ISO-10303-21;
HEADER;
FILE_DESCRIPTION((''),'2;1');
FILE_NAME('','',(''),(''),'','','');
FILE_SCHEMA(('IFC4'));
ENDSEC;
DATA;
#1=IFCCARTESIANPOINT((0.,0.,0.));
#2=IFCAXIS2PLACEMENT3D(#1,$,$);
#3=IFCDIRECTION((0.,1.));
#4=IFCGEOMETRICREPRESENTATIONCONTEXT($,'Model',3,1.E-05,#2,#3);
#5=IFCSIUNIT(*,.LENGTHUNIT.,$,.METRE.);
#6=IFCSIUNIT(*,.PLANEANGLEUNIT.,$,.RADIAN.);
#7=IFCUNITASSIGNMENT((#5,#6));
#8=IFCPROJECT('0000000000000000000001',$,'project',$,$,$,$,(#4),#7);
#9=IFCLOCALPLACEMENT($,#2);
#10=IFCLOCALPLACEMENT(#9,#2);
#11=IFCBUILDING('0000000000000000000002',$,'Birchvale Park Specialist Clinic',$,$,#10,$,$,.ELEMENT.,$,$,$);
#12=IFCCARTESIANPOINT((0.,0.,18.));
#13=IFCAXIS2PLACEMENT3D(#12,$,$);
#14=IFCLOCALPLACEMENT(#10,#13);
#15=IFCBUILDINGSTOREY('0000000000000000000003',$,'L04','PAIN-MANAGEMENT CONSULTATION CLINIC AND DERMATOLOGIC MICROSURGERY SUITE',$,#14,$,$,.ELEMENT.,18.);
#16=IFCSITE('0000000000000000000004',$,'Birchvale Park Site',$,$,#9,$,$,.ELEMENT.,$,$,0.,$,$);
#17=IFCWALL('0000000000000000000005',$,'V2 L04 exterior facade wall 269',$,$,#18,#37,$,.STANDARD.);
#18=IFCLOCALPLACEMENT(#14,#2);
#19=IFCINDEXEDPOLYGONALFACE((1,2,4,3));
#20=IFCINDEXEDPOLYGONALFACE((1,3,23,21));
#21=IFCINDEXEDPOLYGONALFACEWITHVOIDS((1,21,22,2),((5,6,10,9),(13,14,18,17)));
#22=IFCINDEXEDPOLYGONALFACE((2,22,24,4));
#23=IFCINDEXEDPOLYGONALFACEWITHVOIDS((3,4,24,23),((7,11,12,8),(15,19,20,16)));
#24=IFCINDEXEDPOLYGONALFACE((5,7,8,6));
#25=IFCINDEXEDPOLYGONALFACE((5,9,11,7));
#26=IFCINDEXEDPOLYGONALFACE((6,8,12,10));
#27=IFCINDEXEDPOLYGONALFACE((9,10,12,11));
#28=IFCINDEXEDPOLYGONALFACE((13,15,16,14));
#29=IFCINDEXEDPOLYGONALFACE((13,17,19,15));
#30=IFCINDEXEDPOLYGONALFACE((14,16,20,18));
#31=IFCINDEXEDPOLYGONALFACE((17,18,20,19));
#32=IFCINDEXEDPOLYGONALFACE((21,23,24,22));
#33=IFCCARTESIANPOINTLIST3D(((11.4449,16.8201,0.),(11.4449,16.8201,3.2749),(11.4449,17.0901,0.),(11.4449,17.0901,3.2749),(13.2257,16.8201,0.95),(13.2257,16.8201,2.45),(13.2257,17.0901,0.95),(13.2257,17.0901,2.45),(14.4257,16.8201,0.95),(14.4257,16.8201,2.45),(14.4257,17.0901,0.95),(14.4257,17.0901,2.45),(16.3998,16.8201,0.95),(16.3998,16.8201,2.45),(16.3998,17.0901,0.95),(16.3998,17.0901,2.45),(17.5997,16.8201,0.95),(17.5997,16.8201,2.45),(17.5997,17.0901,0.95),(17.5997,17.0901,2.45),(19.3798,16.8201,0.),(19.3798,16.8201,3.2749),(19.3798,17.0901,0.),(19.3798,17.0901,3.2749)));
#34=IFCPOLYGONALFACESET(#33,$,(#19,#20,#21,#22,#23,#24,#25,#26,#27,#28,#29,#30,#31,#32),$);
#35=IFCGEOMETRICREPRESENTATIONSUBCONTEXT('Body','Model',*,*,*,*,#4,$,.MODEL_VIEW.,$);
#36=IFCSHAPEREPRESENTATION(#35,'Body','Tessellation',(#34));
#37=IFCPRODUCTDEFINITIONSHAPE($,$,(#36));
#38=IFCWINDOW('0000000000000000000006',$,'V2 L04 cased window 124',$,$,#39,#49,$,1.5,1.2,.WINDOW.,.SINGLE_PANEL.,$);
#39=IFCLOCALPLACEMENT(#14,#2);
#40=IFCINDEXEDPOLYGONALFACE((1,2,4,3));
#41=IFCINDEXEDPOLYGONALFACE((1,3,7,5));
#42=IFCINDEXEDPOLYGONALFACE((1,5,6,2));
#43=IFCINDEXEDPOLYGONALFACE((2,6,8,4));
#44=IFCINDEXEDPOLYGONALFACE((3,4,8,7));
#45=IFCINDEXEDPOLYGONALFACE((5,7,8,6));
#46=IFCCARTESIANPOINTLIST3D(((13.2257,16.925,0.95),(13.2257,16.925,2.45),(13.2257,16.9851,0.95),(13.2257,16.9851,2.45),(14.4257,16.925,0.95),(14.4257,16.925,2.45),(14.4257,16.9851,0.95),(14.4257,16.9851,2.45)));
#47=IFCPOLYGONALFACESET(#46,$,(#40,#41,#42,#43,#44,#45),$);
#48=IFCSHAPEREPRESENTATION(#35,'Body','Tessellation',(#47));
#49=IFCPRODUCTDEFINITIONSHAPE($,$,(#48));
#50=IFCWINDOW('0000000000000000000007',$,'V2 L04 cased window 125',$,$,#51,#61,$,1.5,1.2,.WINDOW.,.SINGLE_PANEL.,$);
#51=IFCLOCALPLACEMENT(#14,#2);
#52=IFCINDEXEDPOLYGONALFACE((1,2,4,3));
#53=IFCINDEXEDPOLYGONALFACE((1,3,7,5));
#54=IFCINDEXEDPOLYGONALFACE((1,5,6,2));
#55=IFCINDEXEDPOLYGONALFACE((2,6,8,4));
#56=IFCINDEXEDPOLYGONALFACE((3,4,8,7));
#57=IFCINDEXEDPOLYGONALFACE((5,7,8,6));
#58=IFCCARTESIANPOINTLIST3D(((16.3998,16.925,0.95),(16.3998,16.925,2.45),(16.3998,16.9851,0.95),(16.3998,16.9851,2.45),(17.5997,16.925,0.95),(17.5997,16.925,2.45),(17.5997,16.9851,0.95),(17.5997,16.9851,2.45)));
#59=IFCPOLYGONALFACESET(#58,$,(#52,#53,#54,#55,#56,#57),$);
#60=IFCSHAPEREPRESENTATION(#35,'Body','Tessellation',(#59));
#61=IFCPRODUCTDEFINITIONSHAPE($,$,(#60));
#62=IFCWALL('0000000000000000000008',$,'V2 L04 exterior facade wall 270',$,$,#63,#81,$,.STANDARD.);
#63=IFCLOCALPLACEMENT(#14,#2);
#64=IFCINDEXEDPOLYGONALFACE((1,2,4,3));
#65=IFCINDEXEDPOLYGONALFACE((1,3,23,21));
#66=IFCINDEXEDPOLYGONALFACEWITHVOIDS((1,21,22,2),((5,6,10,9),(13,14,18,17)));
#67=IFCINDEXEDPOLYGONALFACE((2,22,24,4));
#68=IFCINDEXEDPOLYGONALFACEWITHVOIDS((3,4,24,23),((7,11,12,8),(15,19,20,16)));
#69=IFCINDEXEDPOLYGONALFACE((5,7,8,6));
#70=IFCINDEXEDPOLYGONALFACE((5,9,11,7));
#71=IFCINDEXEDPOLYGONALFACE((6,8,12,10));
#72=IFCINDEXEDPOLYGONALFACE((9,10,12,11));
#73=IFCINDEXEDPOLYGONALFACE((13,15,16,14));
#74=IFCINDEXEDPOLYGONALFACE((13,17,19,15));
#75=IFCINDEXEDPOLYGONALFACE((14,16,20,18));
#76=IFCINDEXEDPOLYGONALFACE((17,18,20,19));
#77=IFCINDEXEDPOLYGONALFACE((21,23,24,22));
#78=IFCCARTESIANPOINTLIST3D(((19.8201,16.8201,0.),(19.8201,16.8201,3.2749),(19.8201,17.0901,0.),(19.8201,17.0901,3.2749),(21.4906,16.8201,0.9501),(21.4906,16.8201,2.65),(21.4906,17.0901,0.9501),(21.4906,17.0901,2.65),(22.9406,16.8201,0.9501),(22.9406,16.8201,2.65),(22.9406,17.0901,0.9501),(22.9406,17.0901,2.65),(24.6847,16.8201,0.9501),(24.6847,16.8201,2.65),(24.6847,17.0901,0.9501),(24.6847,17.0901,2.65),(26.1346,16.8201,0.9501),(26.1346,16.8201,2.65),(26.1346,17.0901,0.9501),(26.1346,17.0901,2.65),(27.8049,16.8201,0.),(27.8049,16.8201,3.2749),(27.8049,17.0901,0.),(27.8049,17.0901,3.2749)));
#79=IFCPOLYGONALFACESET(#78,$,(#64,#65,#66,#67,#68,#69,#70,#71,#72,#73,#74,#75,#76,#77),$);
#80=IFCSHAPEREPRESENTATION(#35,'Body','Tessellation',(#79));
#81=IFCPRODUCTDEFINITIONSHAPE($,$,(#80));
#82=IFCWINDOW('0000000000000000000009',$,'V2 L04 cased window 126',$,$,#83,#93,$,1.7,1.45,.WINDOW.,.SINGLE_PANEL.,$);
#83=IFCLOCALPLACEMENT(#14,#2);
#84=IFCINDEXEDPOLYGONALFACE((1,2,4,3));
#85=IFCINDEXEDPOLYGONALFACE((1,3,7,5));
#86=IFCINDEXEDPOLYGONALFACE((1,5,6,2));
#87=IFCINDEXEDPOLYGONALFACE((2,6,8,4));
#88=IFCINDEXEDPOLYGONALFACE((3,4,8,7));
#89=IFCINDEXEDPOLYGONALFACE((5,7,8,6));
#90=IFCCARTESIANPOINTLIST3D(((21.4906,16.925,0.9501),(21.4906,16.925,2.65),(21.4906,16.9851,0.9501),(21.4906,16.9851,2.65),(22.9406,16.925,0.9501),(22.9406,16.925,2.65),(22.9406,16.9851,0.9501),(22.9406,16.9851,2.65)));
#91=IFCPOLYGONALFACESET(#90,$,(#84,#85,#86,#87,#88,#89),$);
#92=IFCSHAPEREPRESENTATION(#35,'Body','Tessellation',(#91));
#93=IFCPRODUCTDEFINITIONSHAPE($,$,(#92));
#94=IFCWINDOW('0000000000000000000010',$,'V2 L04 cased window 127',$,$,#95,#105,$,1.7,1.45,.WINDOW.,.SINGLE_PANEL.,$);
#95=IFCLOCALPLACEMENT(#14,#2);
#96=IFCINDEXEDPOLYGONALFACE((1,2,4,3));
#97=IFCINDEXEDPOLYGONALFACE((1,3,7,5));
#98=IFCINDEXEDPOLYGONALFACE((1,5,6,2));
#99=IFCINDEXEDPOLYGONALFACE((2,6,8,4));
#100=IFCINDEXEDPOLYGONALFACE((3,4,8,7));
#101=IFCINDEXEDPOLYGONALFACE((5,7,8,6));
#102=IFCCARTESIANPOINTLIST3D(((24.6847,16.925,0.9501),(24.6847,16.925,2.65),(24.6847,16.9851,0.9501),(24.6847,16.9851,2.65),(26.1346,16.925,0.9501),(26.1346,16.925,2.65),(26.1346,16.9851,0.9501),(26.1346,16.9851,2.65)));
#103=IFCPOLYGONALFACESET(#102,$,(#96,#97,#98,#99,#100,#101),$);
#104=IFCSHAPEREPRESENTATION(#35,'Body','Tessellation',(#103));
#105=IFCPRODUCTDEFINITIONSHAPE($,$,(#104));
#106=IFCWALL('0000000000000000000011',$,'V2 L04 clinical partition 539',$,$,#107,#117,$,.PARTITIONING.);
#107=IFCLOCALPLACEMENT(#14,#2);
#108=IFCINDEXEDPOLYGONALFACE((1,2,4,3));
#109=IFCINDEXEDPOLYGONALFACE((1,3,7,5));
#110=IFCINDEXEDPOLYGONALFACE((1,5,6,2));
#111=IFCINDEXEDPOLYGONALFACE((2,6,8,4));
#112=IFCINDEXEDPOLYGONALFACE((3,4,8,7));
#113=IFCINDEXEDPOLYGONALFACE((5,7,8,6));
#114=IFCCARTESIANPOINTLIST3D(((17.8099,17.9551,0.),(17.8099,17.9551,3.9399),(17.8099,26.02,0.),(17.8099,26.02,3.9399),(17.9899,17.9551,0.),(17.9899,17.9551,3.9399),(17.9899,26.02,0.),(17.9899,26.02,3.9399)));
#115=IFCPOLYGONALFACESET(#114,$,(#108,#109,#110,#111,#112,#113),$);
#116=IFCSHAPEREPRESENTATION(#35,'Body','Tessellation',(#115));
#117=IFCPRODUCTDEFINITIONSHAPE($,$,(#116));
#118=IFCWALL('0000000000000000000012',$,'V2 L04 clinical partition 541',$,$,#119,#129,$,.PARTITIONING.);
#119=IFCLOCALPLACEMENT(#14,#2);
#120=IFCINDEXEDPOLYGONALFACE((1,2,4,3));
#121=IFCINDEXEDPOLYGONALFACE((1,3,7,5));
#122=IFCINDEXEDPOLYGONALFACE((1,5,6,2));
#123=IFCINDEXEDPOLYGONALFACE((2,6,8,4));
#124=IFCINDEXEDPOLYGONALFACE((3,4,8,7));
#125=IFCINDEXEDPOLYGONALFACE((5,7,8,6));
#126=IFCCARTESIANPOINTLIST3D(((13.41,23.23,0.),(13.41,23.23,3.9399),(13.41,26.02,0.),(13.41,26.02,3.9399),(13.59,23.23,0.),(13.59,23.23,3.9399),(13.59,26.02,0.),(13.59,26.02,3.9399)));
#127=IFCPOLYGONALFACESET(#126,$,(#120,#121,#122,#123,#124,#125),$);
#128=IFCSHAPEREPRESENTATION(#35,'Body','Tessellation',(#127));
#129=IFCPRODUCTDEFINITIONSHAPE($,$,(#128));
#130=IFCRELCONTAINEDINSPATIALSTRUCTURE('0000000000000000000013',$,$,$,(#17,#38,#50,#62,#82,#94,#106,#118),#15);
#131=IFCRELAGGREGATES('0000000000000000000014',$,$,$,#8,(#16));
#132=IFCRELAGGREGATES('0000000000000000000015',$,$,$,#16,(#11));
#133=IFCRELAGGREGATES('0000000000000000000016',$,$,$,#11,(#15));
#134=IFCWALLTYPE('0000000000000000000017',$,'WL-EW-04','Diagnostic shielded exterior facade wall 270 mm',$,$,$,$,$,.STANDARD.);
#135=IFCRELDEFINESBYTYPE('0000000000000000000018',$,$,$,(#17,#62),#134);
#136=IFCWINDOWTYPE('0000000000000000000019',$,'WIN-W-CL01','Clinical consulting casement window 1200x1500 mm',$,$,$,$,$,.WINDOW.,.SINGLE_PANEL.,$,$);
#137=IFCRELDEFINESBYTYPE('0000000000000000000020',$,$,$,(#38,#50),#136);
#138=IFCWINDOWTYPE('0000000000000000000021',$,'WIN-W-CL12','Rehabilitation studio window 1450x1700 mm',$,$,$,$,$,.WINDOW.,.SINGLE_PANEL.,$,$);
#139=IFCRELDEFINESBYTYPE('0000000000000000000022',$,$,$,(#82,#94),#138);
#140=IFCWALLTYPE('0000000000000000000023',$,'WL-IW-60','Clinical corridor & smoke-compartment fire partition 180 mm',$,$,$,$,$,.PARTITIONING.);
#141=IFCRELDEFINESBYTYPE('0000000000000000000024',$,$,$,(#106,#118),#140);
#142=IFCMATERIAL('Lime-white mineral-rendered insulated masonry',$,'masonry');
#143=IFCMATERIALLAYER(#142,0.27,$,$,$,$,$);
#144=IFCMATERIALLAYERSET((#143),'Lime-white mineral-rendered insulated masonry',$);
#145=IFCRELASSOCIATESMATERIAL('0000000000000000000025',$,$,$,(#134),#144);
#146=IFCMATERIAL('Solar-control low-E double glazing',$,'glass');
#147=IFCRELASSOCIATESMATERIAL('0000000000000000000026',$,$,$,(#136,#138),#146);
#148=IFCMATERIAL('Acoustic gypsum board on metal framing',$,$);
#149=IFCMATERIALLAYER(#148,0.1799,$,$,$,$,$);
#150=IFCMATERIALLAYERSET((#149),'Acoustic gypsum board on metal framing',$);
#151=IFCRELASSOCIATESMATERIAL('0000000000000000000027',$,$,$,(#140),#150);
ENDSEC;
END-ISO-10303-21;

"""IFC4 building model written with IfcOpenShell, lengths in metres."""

from ifc_helpers import new_model, si_unit, direction, frame, frame_2d, origin, place, context, subcontext, project, spatial, rectangle, extrude, material, layer, layer_set, type_object, element, fill, save


model = new_model("IFC4")

# Units and contexts
model_context = context("Model", 3, precision=1e-05, world=origin(), true_north=direction((0.0, 1.0)))
body_context = subcontext(model_context, "Body", "Model", "MODEL_VIEW")
ifc_project = project(units=[si_unit("LENGTHUNIT", "METRE"), si_unit("PLANEANGLEUNIT", "RADIAN")], contexts=[model_context])

# Site, building, storey
site_placement = place(None, origin())
site = spatial("IfcSite", under=ifc_project, at=site_placement, Name="Birchvale Park Site", CompositionType="ELEMENT", RefElevation=0.0)
building_placement = place(site_placement, origin())
building = spatial("IfcBuilding", under=site, at=building_placement, Name="Birchvale Park Specialist Clinic", CompositionType="ELEMENT")
storey_placement = place(building_placement, frame((0.0, 0.0, 18.0)))
storey = spatial("IfcBuildingStorey", under=building, at=storey_placement, Name="L04", Description="PAIN-MANAGEMENT CONSULTATION CLINIC AND DERMATOLOGIC MICROSURGERY SUITE", CompositionType="ELEMENT", Elevation=18.0)

# Walls, openings, windows
ifc_material_1 = material(Name="Lime-white mineral-rendered insulated masonry", Category="masonry")
ifc_layer_1 = layer(ifc_material_1, 0.27)
ifc_layer_set_1 = layer_set([ifc_layer_1], Name="Lime-white mineral-rendered insulated masonry")
wall_type_1 = type_object("IfcWallType", Name="WL-EW-04", Description="Diagnostic shielded exterior facade wall 270 mm", PredefinedType="STANDARD", material=ifc_layer_set_1)
wall_1_placement = place(storey_placement, frame((11.4451, 16.9551, 0.0), z_axis=(0.0, 0.0, 1.0), x_axis=(1.0, 0.0, 0.0)))
wall_1 = element("IfcWall", 1, at=wall_1_placement, inside=storey, type_object=wall_type_1, Name="V2 L04 exterior facade wall 269", PredefinedType="STANDARD", context=body_context, shape_type="SweptSolid", body=[
    extrude(rectangle(XDim=7.9348, YDim=0.27, at=frame_2d((3.9673, 0.0))), origin(), (0.0, 0.0, 1.0), 3.2749),
])
opening_1_placement = place(wall_1_placement, frame((1.7805, 0.0, 0.95)))
opening_1 = element("IfcOpeningElement", 2, at=opening_1_placement, cuts=wall_1, PredefinedType="OPENING", context=body_context, shape_type="SweptSolid", body=[
    extrude(rectangle(XDim=1.2, YDim=1.5, at=frame_2d((0.6001, 0.75))), frame((0.0, 0.145, 0.0), z_axis=(0.0, -1.0, 0.0), x_axis=(1.0, 0.0, 0.0)), (0.0, 0.0, 1.0), 0.29),
])
opening_2_placement = place(wall_1_placement, frame((4.9546, 0.0, 0.95)))
opening_2 = element("IfcOpeningElement", 3, at=opening_2_placement, cuts=wall_1, PredefinedType="OPENING", context=body_context, shape_type="SweptSolid", body=[
    extrude(rectangle(XDim=1.2, YDim=1.5, at=frame_2d((0.6001, 0.75))), frame((0.0, 0.145, 0.0), z_axis=(0.0, -1.0, 0.0), x_axis=(1.0, 0.0, 0.0)), (0.0, 0.0, 1.0), 0.29),
])
ifc_material_2 = material(Name="Solar-control low-E double glazing", Category="glass")
window_type_1 = type_object("IfcWindowType", Name="WIN-W-CL01", Description="Clinical consulting casement window 1200x1500 mm", PartitioningType="SINGLE_PANEL", PredefinedType="WINDOW", material=ifc_material_2)
window_1_placement = place(opening_1_placement, origin())
window_1 = element("IfcWindow", 4, at=window_1_placement, inside=storey, type_object=window_type_1, Name="V2 L04 cased window 124", OverallHeight=1.5, OverallWidth=1.2, PartitioningType="SINGLE_PANEL", PredefinedType="WINDOW", context=body_context, shape_type="SweptSolid", body=[
    extrude(rectangle(XDim=1.2, YDim=1.5, at=frame_2d((0.6001, 0.75))), frame((0.0, 0.03, 0.0), z_axis=(0.0, -1.0, 0.0), x_axis=(1.0, 0.0, 0.0)), (0.0, 0.0, 1.0), 0.0601),
])
fill(opening_1, window_1)
window_2_placement = place(opening_2_placement, origin())
window_2 = element("IfcWindow", 5, at=window_2_placement, inside=storey, type_object=window_type_1, Name="V2 L04 cased window 125", OverallHeight=1.5, OverallWidth=1.2, PartitioningType="SINGLE_PANEL", PredefinedType="WINDOW", context=body_context, shape_type="SweptSolid", body=[
    extrude(rectangle(XDim=1.2, YDim=1.5, at=frame_2d((0.6001, 0.75))), frame((0.0, 0.03, 0.0), z_axis=(0.0, -1.0, 0.0), x_axis=(1.0, 0.0, 0.0)), (0.0, 0.0, 1.0), 0.0601),
])
fill(opening_2, window_2)
wall_2_placement = place(storey_placement, frame((19.8201, 16.9551, 0.0), z_axis=(0.0, 0.0, 1.0), x_axis=(1.0, 0.0, 0.0)))
wall_2 = element("IfcWall", 6, at=wall_2_placement, inside=storey, type_object=wall_type_1, Name="V2 L04 exterior facade wall 270", PredefinedType="STANDARD", context=body_context, shape_type="SweptSolid", body=[
    extrude(rectangle(XDim=7.9849, YDim=0.27, at=frame_2d((3.9924, 0.0))), origin(), (0.0, 0.0, 1.0), 3.2749),
])
opening_3_placement = place(wall_2_placement, frame((1.6704, 0.0, 0.95)))
opening_3 = element("IfcOpeningElement", 7, at=opening_3_placement, cuts=wall_2, PredefinedType="OPENING", context=body_context, shape_type="SweptSolid", body=[
    extrude(rectangle(XDim=1.45, YDim=1.7, at=frame_2d((0.7251, 0.8501))), frame((0.0, 0.145, 0.0), z_axis=(0.0, -1.0, 0.0), x_axis=(1.0, 0.0, 0.0)), (0.0, 0.0, 1.0), 0.29),
])
opening_4_placement = place(wall_2_placement, frame((4.8645, 0.0, 0.95)))
opening_4 = element("IfcOpeningElement", 8, at=opening_4_placement, cuts=wall_2, PredefinedType="OPENING", context=body_context, shape_type="SweptSolid", body=[
    extrude(rectangle(XDim=1.45, YDim=1.7, at=frame_2d((0.7251, 0.8501))), frame((0.0, 0.145, 0.0), z_axis=(0.0, -1.0, 0.0), x_axis=(1.0, 0.0, 0.0)), (0.0, 0.0, 1.0), 0.29),
])
window_type_2 = type_object("IfcWindowType", Name="WIN-W-CL12", Description="Rehabilitation studio window 1450x1700 mm", PartitioningType="SINGLE_PANEL", PredefinedType="WINDOW", material=ifc_material_2)
window_3_placement = place(opening_3_placement, origin())
window_3 = element("IfcWindow", 9, at=window_3_placement, inside=storey, type_object=window_type_2, Name="V2 L04 cased window 126", OverallHeight=1.7, OverallWidth=1.45, PartitioningType="SINGLE_PANEL", PredefinedType="WINDOW", context=body_context, shape_type="SweptSolid", body=[
    extrude(rectangle(XDim=1.45, YDim=1.7, at=frame_2d((0.7251, 0.8501))), frame((0.0, 0.03, 0.0), z_axis=(0.0, -1.0, 0.0), x_axis=(1.0, 0.0, 0.0)), (0.0, 0.0, 1.0), 0.0601),
])
fill(opening_3, window_3)
window_4_placement = place(opening_4_placement, origin())
window_4 = element("IfcWindow", 10, at=window_4_placement, inside=storey, type_object=window_type_2, Name="V2 L04 cased window 127", OverallHeight=1.7, OverallWidth=1.45, PartitioningType="SINGLE_PANEL", PredefinedType="WINDOW", context=body_context, shape_type="SweptSolid", body=[
    extrude(rectangle(XDim=1.45, YDim=1.7, at=frame_2d((0.7251, 0.8501))), frame((0.0, 0.03, 0.0), z_axis=(0.0, -1.0, 0.0), x_axis=(1.0, 0.0, 0.0)), (0.0, 0.0, 1.0), 0.0601),
])
fill(opening_4, window_4)

# Shared definitions
ifc_material_3 = material(Name="Acoustic gypsum board on metal framing")
ifc_layer_2 = layer(ifc_material_3, 0.1799)
ifc_layer_set_2 = layer_set([ifc_layer_2], Name="Acoustic gypsum board on metal framing")
wall_type_2 = type_object("IfcWallType", Name="WL-IW-60", Description="Clinical corridor & smoke-compartment fire partition 180 mm", PredefinedType="PARTITIONING", material=ifc_layer_set_2)

# Walls
wall_3_placement = place(storey_placement, frame((17.8999, 26.02, 0.0), z_axis=(0.0, 0.0, 1.0), x_axis=(0.0, -1.0, 0.0)))
element("IfcWall", 11, at=wall_3_placement, inside=storey, type_object=wall_type_2, Name="V2 L04 clinical partition 539", PredefinedType="PARTITIONING", context=body_context, shape_type="SweptSolid", body=[
    extrude(rectangle(XDim=8.0649, YDim=0.1799, at=frame_2d((4.0325, 0.0))), origin(), (0.0, 0.0, 1.0), 3.9399),
])
wall_4_placement = place(storey_placement, frame((13.5, 26.02, 0.0), z_axis=(0.0, 0.0, 1.0), x_axis=(0.0, -1.0, 0.0)))
element("IfcWall", 12, at=wall_4_placement, inside=storey, type_object=wall_type_2, Name="V2 L04 clinical partition 541", PredefinedType="PARTITIONING", context=body_context, shape_type="SweptSolid", body=[
    extrude(rectangle(XDim=2.79, YDim=0.1799, at=frame_2d((1.395, 0.0))), origin(), (0.0, 0.0, 1.0), 3.9399),
])

save(model, "model.ifc")
